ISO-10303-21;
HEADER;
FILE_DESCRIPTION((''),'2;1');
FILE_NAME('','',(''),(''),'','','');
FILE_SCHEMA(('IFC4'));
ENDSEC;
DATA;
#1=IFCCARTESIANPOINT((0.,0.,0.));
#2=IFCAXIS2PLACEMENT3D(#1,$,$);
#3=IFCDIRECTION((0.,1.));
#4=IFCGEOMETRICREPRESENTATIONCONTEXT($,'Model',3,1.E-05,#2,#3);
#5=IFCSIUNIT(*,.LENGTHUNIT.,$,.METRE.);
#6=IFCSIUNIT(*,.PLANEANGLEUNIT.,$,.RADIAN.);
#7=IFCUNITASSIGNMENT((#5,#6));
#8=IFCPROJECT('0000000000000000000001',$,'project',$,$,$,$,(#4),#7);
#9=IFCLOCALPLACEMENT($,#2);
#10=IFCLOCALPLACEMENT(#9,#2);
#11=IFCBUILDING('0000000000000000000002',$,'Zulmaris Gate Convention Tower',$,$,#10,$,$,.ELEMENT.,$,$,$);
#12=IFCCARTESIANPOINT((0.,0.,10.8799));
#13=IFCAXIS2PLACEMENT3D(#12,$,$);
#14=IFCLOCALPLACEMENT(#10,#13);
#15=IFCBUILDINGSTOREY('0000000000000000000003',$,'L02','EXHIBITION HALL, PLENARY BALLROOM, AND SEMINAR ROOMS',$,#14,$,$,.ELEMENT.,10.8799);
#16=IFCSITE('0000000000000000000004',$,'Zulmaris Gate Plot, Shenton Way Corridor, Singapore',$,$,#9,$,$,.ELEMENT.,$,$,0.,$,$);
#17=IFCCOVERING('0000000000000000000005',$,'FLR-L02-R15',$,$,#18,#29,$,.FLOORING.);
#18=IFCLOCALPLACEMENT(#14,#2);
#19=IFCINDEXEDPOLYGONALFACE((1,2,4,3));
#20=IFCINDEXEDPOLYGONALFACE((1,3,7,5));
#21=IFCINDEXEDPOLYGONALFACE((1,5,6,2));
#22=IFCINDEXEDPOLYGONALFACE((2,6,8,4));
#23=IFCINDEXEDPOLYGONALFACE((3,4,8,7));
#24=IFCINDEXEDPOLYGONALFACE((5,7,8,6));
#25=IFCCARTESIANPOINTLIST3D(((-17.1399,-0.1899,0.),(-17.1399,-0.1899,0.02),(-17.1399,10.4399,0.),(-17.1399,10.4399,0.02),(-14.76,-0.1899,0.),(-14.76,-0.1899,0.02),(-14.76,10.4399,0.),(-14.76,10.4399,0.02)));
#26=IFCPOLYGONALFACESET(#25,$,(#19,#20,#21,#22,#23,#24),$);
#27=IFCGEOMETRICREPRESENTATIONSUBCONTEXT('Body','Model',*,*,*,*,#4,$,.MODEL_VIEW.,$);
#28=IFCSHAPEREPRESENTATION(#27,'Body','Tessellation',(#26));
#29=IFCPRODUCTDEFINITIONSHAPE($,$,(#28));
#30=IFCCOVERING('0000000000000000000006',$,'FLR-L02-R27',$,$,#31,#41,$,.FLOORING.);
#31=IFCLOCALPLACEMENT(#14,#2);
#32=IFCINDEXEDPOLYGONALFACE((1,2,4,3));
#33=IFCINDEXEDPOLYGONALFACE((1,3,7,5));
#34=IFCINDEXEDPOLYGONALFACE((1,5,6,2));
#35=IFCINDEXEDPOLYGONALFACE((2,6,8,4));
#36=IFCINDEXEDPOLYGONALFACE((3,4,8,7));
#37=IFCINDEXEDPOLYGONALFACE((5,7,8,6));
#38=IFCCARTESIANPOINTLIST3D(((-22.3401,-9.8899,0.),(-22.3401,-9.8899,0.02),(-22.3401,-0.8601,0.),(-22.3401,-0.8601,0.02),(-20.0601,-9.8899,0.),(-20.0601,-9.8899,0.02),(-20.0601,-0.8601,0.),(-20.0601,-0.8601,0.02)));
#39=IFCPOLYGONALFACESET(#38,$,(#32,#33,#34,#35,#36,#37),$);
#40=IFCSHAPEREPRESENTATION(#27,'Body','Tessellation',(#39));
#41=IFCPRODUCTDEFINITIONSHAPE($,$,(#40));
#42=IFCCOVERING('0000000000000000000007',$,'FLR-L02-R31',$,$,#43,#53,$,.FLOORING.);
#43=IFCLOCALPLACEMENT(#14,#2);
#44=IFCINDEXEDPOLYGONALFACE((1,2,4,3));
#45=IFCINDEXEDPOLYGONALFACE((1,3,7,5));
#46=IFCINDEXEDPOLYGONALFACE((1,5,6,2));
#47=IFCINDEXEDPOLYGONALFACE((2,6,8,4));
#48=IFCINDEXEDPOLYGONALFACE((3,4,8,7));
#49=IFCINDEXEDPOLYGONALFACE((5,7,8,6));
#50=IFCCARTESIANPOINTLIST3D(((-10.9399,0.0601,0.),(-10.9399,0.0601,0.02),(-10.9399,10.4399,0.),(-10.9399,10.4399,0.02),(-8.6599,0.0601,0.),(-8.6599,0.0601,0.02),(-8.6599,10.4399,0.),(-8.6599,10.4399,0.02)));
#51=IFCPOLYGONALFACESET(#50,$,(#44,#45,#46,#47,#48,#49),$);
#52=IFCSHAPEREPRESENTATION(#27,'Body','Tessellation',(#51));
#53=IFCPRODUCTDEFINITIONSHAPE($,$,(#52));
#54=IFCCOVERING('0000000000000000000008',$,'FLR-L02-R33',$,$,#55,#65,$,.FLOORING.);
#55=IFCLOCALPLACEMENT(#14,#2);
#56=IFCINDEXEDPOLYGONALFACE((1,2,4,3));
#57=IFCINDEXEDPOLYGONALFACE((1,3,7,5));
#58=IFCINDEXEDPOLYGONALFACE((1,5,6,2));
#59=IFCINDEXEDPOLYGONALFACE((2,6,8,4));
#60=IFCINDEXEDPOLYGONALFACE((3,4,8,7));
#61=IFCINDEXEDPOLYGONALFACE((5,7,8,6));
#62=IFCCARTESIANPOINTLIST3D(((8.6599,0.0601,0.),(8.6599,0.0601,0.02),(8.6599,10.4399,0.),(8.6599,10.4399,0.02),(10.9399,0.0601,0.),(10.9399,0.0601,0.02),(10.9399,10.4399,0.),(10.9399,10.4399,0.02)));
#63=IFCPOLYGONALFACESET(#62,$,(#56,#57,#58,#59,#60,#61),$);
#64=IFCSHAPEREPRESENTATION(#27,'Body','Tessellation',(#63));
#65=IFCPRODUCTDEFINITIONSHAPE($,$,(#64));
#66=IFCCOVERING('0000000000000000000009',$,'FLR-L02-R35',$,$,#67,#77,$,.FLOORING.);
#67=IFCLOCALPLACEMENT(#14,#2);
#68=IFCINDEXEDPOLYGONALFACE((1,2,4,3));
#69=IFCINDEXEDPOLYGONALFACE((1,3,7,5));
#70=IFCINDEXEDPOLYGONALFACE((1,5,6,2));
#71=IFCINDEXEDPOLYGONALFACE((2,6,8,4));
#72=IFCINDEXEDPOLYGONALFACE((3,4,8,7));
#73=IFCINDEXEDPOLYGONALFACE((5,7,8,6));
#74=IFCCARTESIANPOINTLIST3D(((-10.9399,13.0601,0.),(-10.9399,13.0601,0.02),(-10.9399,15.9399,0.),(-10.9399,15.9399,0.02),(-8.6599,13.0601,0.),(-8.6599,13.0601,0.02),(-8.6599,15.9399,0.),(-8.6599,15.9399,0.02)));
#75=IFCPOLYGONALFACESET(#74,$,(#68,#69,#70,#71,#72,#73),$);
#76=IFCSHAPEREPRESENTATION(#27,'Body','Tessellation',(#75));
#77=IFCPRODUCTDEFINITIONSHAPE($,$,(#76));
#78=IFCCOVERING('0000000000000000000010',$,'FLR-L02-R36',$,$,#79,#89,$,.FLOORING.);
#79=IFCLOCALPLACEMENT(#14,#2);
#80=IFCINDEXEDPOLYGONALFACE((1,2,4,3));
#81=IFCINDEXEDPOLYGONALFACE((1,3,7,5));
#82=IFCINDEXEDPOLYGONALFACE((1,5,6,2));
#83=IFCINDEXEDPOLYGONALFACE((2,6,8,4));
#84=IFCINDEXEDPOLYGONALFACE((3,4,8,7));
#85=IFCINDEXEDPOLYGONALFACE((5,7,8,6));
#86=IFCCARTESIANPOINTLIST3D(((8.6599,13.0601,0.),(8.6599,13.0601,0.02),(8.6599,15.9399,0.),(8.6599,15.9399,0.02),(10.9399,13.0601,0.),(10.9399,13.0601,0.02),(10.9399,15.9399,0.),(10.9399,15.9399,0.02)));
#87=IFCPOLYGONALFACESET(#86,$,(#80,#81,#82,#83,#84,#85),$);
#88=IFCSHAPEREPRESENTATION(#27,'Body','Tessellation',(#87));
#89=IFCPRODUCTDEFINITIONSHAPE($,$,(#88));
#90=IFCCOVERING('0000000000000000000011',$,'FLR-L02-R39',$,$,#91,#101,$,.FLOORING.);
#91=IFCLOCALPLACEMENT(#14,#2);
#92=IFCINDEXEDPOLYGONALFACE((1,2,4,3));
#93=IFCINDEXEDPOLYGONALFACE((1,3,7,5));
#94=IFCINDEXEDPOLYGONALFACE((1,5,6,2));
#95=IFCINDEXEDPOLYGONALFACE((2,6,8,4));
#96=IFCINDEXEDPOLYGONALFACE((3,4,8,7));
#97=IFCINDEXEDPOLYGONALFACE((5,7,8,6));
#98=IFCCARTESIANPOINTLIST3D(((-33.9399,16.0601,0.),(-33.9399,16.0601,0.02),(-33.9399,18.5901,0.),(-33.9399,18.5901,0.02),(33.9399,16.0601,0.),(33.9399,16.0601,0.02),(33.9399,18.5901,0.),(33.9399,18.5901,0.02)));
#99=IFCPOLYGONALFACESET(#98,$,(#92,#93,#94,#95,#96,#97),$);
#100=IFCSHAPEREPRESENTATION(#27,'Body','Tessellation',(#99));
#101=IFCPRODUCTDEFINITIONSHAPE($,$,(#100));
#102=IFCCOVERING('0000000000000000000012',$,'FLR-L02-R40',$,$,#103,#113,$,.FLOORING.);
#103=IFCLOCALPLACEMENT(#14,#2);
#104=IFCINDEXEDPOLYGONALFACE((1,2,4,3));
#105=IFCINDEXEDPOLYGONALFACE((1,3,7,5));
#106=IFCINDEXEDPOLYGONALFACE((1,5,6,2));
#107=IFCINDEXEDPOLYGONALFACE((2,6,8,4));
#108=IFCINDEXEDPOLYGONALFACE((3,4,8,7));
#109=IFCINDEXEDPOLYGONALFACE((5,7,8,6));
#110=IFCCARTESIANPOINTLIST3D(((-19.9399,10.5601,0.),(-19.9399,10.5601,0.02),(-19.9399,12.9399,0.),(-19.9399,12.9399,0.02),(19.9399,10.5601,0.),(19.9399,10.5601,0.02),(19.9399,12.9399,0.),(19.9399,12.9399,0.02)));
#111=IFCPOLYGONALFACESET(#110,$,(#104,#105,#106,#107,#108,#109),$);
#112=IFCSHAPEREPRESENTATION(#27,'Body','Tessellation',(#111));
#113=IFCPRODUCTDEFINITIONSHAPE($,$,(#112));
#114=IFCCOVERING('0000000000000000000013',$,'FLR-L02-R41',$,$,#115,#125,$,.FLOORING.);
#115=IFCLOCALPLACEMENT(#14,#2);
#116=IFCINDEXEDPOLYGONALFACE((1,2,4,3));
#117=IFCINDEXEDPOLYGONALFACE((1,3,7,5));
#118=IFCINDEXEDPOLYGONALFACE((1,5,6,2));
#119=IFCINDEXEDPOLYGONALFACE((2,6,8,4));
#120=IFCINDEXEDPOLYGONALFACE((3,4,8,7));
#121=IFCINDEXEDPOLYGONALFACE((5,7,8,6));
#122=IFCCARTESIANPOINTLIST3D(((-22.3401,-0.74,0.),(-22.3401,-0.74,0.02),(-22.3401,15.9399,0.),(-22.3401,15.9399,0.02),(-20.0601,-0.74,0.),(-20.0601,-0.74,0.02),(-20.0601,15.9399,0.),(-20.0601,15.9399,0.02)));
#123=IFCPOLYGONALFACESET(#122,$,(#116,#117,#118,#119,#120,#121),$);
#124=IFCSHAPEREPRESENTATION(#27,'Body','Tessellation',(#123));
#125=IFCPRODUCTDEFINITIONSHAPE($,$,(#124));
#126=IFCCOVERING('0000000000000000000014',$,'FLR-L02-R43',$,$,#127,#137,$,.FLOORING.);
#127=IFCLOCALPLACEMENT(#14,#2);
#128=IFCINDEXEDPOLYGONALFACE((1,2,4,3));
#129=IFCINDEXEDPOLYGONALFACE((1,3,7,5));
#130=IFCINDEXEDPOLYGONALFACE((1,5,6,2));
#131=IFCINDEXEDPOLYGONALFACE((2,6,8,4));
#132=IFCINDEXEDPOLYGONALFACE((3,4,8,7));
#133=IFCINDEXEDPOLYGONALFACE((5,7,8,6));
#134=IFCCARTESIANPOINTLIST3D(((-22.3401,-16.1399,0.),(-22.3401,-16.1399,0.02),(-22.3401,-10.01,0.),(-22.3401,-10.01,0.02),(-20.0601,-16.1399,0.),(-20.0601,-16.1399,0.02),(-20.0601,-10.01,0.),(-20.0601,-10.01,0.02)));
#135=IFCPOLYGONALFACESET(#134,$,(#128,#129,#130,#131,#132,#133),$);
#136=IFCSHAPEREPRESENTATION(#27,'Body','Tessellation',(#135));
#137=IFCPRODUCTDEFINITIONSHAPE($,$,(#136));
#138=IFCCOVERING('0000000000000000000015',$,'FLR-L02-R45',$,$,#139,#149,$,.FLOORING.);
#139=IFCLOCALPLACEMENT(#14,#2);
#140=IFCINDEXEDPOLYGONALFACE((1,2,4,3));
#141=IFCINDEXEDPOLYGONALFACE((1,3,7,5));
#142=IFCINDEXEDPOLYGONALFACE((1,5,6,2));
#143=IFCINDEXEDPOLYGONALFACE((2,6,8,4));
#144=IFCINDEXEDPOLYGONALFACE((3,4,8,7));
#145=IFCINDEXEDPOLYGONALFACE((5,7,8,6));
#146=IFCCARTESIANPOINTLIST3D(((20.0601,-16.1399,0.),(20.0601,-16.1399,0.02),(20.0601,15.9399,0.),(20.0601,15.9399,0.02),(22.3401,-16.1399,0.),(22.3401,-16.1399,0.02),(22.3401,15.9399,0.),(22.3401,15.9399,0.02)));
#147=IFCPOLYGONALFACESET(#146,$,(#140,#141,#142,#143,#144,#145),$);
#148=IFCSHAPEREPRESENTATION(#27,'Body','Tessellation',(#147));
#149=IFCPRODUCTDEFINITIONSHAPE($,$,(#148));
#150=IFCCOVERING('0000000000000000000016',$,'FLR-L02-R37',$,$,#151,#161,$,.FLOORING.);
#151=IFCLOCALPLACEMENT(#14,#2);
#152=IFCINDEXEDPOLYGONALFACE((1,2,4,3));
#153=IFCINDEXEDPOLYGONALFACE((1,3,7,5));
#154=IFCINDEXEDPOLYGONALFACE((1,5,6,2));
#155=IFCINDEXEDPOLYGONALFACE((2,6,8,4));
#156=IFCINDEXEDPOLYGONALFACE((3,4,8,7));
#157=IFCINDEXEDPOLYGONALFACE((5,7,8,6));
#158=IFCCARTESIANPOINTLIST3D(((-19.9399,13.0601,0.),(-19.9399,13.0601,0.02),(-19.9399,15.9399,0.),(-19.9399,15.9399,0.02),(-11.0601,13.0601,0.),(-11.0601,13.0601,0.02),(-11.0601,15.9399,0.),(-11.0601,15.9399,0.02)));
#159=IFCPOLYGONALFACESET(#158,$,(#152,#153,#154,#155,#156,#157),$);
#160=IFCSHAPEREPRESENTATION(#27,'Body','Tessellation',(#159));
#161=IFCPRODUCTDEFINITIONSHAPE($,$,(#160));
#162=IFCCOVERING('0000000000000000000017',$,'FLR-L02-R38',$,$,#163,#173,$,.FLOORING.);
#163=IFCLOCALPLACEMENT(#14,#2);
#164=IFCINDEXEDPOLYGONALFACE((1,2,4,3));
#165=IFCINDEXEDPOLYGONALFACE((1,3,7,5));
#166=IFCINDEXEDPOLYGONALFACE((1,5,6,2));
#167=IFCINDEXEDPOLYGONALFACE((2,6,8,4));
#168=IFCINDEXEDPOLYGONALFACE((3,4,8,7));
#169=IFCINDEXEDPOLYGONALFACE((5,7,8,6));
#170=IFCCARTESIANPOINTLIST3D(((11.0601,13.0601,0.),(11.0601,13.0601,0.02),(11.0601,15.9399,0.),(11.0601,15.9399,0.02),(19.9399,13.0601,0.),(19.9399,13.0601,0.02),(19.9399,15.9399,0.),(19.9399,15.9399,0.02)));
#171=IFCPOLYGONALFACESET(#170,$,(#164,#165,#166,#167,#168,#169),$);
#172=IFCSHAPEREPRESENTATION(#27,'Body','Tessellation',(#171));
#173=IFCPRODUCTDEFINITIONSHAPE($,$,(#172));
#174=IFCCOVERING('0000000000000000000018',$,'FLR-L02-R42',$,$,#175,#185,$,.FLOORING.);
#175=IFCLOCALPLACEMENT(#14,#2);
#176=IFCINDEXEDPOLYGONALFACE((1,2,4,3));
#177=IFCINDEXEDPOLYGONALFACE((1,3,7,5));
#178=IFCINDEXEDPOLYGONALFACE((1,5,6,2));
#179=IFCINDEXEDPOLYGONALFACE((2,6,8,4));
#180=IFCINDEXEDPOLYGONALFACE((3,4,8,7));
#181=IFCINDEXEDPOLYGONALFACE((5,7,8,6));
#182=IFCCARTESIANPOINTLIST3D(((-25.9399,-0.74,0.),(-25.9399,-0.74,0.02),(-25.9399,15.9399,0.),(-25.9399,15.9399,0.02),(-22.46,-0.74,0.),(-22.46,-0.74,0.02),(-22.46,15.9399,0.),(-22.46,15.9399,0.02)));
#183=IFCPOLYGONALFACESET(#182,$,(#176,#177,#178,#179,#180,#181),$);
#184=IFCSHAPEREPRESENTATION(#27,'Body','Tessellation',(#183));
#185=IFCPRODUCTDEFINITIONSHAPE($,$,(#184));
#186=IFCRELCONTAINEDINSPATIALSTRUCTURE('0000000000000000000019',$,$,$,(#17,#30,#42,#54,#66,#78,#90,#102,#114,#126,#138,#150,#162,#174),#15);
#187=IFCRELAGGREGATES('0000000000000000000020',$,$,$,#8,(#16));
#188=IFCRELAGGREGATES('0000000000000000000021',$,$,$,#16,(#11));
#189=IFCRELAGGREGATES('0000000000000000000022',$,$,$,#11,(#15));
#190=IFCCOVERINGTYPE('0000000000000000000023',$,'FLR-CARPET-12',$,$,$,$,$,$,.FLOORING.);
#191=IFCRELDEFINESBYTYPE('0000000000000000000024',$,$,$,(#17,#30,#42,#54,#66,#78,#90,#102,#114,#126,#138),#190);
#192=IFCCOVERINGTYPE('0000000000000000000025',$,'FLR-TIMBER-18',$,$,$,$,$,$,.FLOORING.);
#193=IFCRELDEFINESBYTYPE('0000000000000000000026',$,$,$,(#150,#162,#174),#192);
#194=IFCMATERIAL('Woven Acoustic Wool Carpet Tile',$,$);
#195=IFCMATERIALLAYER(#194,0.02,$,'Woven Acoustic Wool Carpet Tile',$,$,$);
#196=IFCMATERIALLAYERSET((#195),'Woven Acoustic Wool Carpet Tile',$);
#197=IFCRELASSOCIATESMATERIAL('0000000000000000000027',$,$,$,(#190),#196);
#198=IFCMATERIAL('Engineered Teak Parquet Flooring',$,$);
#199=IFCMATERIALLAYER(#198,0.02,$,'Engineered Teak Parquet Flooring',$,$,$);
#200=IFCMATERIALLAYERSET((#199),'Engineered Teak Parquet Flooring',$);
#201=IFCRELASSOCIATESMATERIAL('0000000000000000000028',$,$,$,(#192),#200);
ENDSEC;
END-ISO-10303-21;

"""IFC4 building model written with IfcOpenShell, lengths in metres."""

from ifc_helpers import new_model, si_unit, direction, frame, origin, place, context, subcontext, project, spatial, polyline, outline, extrude, material, layer, layer_set, type_object, element, save


model = new_model("IFC4")

# Units and contexts
model_context = context("Model", 3, precision=1e-05, world=origin(), true_north=direction((0.0, 1.0)))
body_context = subcontext(model_context, "Body", "Model", "MODEL_VIEW")
ifc_project = project(units=[si_unit("LENGTHUNIT", "METRE"), si_unit("PLANEANGLEUNIT", "RADIAN")], contexts=[model_context])

# Site, building, storey
site_placement = place(None, origin())
site = spatial("IfcSite", under=ifc_project, at=site_placement, Name="Zulmaris Gate Plot, Shenton Way Corridor, Singapore", CompositionType="ELEMENT", RefElevation=0.0)
building_placement = place(site_placement, origin())
building = spatial("IfcBuilding", under=site, at=building_placement, Name="Zulmaris Gate Convention Tower", CompositionType="ELEMENT")
storey_placement = place(building_placement, frame((0.0, 0.0, 10.8799)))
storey = spatial("IfcBuildingStorey", under=building, at=storey_placement, Name="L02", Description="EXHIBITION HALL, PLENARY BALLROOM, AND SEMINAR ROOMS", CompositionType="ELEMENT", Elevation=10.8799)

# Coverings
ifc_material_1 = material(Name="Woven Acoustic Wool Carpet Tile")
ifc_layer_1 = layer(ifc_material_1, 0.02, Name="Woven Acoustic Wool Carpet Tile")
ifc_layer_set_1 = layer_set([ifc_layer_1], Name="Woven Acoustic Wool Carpet Tile")
covering_type_1 = type_object("IfcCoveringType", Name="FLR-CARPET-12", PredefinedType="FLOORING", material=ifc_layer_set_1)
covering_1_placement = place(storey_placement, origin())
element("IfcCovering", 1, at=covering_1_placement, inside=storey, type_object=covering_type_1, Name="FLR-L02-R15", PredefinedType="FLOORING", context=body_context, shape_type="SweptSolid", body=[
    extrude(outline(polyline([(-17.1399, -0.1899), (-14.76, -0.1899), (-14.76, 10.4399), (-17.1399, 10.4399), (-17.1399, -0.1899)])), origin(), (0.0, 0.0, 1.0), 0.02),
])
covering_2_placement = place(storey_placement, origin())
element("IfcCovering", 2, at=covering_2_placement, inside=storey, type_object=covering_type_1, Name="FLR-L02-R27", PredefinedType="FLOORING", context=body_context, shape_type="SweptSolid", body=[
    extrude(outline(polyline([(-22.3401, -9.8899), (-20.0601, -9.8899), (-20.0601, -0.8601), (-22.3401, -0.8601), (-22.3401, -9.8899)])), origin(), (0.0, 0.0, 1.0), 0.02),
])
covering_3_placement = place(storey_placement, origin())
element("IfcCovering", 3, at=covering_3_placement, inside=storey, type_object=covering_type_1, Name="FLR-L02-R31", PredefinedType="FLOORING", context=body_context, shape_type="SweptSolid", body=[
    extrude(outline(polyline([(-10.9399, 0.0601), (-8.6599, 0.0601), (-8.6599, 10.4399), (-10.9399, 10.4399), (-10.9399, 0.0601)])), origin(), (0.0, 0.0, 1.0), 0.02),
])
covering_4_placement = place(storey_placement, origin())
element("IfcCovering", 4, at=covering_4_placement, inside=storey, type_object=covering_type_1, Name="FLR-L02-R33", PredefinedType="FLOORING", context=body_context, shape_type="SweptSolid", body=[
    extrude(outline(polyline([(8.6599, 0.0601), (10.9399, 0.0601), (10.9399, 10.4399), (8.6599, 10.4399), (8.6599, 0.0601)])), origin(), (0.0, 0.0, 1.0), 0.02),
])
covering_5_placement = place(storey_placement, origin())
element("IfcCovering", 5, at=covering_5_placement, inside=storey, type_object=covering_type_1, Name="FLR-L02-R35", PredefinedType="FLOORING", context=body_context, shape_type="SweptSolid", body=[
    extrude(outline(polyline([(-10.9399, 13.0601), (-8.6599, 13.0601), (-8.6599, 15.9399), (-10.9399, 15.9399), (-10.9399, 13.0601)])), origin(), (0.0, 0.0, 1.0), 0.02),
])
covering_6_placement = place(storey_placement, origin())
element("IfcCovering", 6, at=covering_6_placement, inside=storey, type_object=covering_type_1, Name="FLR-L02-R36", PredefinedType="FLOORING", context=body_context, shape_type="SweptSolid", body=[
    extrude(outline(polyline([(8.6599, 13.0601), (10.9399, 13.0601), (10.9399, 15.9399), (8.6599, 15.9399), (8.6599, 13.0601)])), origin(), (0.0, 0.0, 1.0), 0.02),
])
covering_7_placement = place(storey_placement, origin())
element("IfcCovering", 7, at=covering_7_placement, inside=storey, type_object=covering_type_1, Name="FLR-L02-R39", PredefinedType="FLOORING", context=body_context, shape_type="SweptSolid", body=[
    extrude(outline(polyline([(-33.9399, 16.0601), (33.9399, 16.0601), (33.9399, 18.5901), (-33.9399, 18.5901), (-33.9399, 16.0601)])), origin(), (0.0, 0.0, 1.0), 0.02),
])
covering_8_placement = place(storey_placement, origin())
element("IfcCovering", 8, at=covering_8_placement, inside=storey, type_object=covering_type_1, Name="FLR-L02-R40", PredefinedType="FLOORING", context=body_context, shape_type="SweptSolid", body=[
    extrude(outline(polyline([(-19.9399, 10.5601), (19.9399, 10.5601), (19.9399, 12.9399), (-19.9399, 12.9399), (-19.9399, 10.5601)])), origin(), (0.0, 0.0, 1.0), 0.02),
])
covering_9_placement = place(storey_placement, origin())
element("IfcCovering", 9, at=covering_9_placement, inside=storey, type_object=covering_type_1, Name="FLR-L02-R41", PredefinedType="FLOORING", context=body_context, shape_type="SweptSolid", body=[
    extrude(outline(polyline([(-22.3401, -0.74), (-20.0601, -0.74), (-20.0601, 15.9399), (-22.3401, 15.9399), (-22.3401, -0.74)])), origin(), (0.0, 0.0, 1.0), 0.02),
])
covering_10_placement = place(storey_placement, origin())
element("IfcCovering", 10, at=covering_10_placement, inside=storey, type_object=covering_type_1, Name="FLR-L02-R43", PredefinedType="FLOORING", context=body_context, shape_type="SweptSolid", body=[
    extrude(outline(polyline([(-22.3401, -16.1399), (-20.0601, -16.1399), (-20.0601, -10.01), (-22.3401, -10.01), (-22.3401, -16.1399)])), origin(), (0.0, 0.0, 1.0), 0.02),
])
covering_11_placement = place(storey_placement, origin())
element("IfcCovering", 11, at=covering_11_placement, inside=storey, type_object=covering_type_1, Name="FLR-L02-R45", PredefinedType="FLOORING", context=body_context, shape_type="SweptSolid", body=[
    extrude(outline(polyline([(20.0601, -16.1399), (22.3401, -16.1399), (22.3401, 15.9399), (20.0601, 15.9399), (20.0601, -16.1399)])), origin(), (0.0, 0.0, 1.0), 0.02),
])
ifc_material_2 = material(Name="Engineered Teak Parquet Flooring")
ifc_layer_2 = layer(ifc_material_2, 0.02, Name="Engineered Teak Parquet Flooring")
ifc_layer_set_2 = layer_set([ifc_layer_2], Name="Engineered Teak Parquet Flooring")
covering_type_2 = type_object("IfcCoveringType", Name="FLR-TIMBER-18", PredefinedType="FLOORING", material=ifc_layer_set_2)
covering_12_placement = place(storey_placement, origin())
element("IfcCovering", 12, at=covering_12_placement, inside=storey, type_object=covering_type_2, Name="FLR-L02-R37", PredefinedType="FLOORING", context=body_context, shape_type="SweptSolid", body=[
    extrude(outline(polyline([(-19.9399, 13.0601), (-11.0601, 13.0601), (-11.0601, 15.9399), (-19.9399, 15.9399), (-19.9399, 13.0601)])), origin(), (0.0, 0.0, 1.0), 0.02),
])
covering_13_placement = place(storey_placement, origin())
element("IfcCovering", 13, at=covering_13_placement, inside=storey, type_object=covering_type_2, Name="FLR-L02-R38", PredefinedType="FLOORING", context=body_context, shape_type="SweptSolid", body=[
    extrude(outline(polyline([(11.0601, 13.0601), (19.9399, 13.0601), (19.9399, 15.9399), (11.0601, 15.9399), (11.0601, 13.0601)])), origin(), (0.0, 0.0, 1.0), 0.02),
])
covering_14_placement = place(storey_placement, origin())
element("IfcCovering", 14, at=covering_14_placement, inside=storey, type_object=covering_type_2, Name="FLR-L02-R42", PredefinedType="FLOORING", context=body_context, shape_type="SweptSolid", body=[
    extrude(outline(polyline([(-25.9399, -0.74), (-22.46, -0.74), (-22.46, 15.9399), (-25.9399, 15.9399), (-25.9399, -0.74)])), origin(), (0.0, 0.0, 1.0), 0.02),
])

save(model, "model.ifc")
